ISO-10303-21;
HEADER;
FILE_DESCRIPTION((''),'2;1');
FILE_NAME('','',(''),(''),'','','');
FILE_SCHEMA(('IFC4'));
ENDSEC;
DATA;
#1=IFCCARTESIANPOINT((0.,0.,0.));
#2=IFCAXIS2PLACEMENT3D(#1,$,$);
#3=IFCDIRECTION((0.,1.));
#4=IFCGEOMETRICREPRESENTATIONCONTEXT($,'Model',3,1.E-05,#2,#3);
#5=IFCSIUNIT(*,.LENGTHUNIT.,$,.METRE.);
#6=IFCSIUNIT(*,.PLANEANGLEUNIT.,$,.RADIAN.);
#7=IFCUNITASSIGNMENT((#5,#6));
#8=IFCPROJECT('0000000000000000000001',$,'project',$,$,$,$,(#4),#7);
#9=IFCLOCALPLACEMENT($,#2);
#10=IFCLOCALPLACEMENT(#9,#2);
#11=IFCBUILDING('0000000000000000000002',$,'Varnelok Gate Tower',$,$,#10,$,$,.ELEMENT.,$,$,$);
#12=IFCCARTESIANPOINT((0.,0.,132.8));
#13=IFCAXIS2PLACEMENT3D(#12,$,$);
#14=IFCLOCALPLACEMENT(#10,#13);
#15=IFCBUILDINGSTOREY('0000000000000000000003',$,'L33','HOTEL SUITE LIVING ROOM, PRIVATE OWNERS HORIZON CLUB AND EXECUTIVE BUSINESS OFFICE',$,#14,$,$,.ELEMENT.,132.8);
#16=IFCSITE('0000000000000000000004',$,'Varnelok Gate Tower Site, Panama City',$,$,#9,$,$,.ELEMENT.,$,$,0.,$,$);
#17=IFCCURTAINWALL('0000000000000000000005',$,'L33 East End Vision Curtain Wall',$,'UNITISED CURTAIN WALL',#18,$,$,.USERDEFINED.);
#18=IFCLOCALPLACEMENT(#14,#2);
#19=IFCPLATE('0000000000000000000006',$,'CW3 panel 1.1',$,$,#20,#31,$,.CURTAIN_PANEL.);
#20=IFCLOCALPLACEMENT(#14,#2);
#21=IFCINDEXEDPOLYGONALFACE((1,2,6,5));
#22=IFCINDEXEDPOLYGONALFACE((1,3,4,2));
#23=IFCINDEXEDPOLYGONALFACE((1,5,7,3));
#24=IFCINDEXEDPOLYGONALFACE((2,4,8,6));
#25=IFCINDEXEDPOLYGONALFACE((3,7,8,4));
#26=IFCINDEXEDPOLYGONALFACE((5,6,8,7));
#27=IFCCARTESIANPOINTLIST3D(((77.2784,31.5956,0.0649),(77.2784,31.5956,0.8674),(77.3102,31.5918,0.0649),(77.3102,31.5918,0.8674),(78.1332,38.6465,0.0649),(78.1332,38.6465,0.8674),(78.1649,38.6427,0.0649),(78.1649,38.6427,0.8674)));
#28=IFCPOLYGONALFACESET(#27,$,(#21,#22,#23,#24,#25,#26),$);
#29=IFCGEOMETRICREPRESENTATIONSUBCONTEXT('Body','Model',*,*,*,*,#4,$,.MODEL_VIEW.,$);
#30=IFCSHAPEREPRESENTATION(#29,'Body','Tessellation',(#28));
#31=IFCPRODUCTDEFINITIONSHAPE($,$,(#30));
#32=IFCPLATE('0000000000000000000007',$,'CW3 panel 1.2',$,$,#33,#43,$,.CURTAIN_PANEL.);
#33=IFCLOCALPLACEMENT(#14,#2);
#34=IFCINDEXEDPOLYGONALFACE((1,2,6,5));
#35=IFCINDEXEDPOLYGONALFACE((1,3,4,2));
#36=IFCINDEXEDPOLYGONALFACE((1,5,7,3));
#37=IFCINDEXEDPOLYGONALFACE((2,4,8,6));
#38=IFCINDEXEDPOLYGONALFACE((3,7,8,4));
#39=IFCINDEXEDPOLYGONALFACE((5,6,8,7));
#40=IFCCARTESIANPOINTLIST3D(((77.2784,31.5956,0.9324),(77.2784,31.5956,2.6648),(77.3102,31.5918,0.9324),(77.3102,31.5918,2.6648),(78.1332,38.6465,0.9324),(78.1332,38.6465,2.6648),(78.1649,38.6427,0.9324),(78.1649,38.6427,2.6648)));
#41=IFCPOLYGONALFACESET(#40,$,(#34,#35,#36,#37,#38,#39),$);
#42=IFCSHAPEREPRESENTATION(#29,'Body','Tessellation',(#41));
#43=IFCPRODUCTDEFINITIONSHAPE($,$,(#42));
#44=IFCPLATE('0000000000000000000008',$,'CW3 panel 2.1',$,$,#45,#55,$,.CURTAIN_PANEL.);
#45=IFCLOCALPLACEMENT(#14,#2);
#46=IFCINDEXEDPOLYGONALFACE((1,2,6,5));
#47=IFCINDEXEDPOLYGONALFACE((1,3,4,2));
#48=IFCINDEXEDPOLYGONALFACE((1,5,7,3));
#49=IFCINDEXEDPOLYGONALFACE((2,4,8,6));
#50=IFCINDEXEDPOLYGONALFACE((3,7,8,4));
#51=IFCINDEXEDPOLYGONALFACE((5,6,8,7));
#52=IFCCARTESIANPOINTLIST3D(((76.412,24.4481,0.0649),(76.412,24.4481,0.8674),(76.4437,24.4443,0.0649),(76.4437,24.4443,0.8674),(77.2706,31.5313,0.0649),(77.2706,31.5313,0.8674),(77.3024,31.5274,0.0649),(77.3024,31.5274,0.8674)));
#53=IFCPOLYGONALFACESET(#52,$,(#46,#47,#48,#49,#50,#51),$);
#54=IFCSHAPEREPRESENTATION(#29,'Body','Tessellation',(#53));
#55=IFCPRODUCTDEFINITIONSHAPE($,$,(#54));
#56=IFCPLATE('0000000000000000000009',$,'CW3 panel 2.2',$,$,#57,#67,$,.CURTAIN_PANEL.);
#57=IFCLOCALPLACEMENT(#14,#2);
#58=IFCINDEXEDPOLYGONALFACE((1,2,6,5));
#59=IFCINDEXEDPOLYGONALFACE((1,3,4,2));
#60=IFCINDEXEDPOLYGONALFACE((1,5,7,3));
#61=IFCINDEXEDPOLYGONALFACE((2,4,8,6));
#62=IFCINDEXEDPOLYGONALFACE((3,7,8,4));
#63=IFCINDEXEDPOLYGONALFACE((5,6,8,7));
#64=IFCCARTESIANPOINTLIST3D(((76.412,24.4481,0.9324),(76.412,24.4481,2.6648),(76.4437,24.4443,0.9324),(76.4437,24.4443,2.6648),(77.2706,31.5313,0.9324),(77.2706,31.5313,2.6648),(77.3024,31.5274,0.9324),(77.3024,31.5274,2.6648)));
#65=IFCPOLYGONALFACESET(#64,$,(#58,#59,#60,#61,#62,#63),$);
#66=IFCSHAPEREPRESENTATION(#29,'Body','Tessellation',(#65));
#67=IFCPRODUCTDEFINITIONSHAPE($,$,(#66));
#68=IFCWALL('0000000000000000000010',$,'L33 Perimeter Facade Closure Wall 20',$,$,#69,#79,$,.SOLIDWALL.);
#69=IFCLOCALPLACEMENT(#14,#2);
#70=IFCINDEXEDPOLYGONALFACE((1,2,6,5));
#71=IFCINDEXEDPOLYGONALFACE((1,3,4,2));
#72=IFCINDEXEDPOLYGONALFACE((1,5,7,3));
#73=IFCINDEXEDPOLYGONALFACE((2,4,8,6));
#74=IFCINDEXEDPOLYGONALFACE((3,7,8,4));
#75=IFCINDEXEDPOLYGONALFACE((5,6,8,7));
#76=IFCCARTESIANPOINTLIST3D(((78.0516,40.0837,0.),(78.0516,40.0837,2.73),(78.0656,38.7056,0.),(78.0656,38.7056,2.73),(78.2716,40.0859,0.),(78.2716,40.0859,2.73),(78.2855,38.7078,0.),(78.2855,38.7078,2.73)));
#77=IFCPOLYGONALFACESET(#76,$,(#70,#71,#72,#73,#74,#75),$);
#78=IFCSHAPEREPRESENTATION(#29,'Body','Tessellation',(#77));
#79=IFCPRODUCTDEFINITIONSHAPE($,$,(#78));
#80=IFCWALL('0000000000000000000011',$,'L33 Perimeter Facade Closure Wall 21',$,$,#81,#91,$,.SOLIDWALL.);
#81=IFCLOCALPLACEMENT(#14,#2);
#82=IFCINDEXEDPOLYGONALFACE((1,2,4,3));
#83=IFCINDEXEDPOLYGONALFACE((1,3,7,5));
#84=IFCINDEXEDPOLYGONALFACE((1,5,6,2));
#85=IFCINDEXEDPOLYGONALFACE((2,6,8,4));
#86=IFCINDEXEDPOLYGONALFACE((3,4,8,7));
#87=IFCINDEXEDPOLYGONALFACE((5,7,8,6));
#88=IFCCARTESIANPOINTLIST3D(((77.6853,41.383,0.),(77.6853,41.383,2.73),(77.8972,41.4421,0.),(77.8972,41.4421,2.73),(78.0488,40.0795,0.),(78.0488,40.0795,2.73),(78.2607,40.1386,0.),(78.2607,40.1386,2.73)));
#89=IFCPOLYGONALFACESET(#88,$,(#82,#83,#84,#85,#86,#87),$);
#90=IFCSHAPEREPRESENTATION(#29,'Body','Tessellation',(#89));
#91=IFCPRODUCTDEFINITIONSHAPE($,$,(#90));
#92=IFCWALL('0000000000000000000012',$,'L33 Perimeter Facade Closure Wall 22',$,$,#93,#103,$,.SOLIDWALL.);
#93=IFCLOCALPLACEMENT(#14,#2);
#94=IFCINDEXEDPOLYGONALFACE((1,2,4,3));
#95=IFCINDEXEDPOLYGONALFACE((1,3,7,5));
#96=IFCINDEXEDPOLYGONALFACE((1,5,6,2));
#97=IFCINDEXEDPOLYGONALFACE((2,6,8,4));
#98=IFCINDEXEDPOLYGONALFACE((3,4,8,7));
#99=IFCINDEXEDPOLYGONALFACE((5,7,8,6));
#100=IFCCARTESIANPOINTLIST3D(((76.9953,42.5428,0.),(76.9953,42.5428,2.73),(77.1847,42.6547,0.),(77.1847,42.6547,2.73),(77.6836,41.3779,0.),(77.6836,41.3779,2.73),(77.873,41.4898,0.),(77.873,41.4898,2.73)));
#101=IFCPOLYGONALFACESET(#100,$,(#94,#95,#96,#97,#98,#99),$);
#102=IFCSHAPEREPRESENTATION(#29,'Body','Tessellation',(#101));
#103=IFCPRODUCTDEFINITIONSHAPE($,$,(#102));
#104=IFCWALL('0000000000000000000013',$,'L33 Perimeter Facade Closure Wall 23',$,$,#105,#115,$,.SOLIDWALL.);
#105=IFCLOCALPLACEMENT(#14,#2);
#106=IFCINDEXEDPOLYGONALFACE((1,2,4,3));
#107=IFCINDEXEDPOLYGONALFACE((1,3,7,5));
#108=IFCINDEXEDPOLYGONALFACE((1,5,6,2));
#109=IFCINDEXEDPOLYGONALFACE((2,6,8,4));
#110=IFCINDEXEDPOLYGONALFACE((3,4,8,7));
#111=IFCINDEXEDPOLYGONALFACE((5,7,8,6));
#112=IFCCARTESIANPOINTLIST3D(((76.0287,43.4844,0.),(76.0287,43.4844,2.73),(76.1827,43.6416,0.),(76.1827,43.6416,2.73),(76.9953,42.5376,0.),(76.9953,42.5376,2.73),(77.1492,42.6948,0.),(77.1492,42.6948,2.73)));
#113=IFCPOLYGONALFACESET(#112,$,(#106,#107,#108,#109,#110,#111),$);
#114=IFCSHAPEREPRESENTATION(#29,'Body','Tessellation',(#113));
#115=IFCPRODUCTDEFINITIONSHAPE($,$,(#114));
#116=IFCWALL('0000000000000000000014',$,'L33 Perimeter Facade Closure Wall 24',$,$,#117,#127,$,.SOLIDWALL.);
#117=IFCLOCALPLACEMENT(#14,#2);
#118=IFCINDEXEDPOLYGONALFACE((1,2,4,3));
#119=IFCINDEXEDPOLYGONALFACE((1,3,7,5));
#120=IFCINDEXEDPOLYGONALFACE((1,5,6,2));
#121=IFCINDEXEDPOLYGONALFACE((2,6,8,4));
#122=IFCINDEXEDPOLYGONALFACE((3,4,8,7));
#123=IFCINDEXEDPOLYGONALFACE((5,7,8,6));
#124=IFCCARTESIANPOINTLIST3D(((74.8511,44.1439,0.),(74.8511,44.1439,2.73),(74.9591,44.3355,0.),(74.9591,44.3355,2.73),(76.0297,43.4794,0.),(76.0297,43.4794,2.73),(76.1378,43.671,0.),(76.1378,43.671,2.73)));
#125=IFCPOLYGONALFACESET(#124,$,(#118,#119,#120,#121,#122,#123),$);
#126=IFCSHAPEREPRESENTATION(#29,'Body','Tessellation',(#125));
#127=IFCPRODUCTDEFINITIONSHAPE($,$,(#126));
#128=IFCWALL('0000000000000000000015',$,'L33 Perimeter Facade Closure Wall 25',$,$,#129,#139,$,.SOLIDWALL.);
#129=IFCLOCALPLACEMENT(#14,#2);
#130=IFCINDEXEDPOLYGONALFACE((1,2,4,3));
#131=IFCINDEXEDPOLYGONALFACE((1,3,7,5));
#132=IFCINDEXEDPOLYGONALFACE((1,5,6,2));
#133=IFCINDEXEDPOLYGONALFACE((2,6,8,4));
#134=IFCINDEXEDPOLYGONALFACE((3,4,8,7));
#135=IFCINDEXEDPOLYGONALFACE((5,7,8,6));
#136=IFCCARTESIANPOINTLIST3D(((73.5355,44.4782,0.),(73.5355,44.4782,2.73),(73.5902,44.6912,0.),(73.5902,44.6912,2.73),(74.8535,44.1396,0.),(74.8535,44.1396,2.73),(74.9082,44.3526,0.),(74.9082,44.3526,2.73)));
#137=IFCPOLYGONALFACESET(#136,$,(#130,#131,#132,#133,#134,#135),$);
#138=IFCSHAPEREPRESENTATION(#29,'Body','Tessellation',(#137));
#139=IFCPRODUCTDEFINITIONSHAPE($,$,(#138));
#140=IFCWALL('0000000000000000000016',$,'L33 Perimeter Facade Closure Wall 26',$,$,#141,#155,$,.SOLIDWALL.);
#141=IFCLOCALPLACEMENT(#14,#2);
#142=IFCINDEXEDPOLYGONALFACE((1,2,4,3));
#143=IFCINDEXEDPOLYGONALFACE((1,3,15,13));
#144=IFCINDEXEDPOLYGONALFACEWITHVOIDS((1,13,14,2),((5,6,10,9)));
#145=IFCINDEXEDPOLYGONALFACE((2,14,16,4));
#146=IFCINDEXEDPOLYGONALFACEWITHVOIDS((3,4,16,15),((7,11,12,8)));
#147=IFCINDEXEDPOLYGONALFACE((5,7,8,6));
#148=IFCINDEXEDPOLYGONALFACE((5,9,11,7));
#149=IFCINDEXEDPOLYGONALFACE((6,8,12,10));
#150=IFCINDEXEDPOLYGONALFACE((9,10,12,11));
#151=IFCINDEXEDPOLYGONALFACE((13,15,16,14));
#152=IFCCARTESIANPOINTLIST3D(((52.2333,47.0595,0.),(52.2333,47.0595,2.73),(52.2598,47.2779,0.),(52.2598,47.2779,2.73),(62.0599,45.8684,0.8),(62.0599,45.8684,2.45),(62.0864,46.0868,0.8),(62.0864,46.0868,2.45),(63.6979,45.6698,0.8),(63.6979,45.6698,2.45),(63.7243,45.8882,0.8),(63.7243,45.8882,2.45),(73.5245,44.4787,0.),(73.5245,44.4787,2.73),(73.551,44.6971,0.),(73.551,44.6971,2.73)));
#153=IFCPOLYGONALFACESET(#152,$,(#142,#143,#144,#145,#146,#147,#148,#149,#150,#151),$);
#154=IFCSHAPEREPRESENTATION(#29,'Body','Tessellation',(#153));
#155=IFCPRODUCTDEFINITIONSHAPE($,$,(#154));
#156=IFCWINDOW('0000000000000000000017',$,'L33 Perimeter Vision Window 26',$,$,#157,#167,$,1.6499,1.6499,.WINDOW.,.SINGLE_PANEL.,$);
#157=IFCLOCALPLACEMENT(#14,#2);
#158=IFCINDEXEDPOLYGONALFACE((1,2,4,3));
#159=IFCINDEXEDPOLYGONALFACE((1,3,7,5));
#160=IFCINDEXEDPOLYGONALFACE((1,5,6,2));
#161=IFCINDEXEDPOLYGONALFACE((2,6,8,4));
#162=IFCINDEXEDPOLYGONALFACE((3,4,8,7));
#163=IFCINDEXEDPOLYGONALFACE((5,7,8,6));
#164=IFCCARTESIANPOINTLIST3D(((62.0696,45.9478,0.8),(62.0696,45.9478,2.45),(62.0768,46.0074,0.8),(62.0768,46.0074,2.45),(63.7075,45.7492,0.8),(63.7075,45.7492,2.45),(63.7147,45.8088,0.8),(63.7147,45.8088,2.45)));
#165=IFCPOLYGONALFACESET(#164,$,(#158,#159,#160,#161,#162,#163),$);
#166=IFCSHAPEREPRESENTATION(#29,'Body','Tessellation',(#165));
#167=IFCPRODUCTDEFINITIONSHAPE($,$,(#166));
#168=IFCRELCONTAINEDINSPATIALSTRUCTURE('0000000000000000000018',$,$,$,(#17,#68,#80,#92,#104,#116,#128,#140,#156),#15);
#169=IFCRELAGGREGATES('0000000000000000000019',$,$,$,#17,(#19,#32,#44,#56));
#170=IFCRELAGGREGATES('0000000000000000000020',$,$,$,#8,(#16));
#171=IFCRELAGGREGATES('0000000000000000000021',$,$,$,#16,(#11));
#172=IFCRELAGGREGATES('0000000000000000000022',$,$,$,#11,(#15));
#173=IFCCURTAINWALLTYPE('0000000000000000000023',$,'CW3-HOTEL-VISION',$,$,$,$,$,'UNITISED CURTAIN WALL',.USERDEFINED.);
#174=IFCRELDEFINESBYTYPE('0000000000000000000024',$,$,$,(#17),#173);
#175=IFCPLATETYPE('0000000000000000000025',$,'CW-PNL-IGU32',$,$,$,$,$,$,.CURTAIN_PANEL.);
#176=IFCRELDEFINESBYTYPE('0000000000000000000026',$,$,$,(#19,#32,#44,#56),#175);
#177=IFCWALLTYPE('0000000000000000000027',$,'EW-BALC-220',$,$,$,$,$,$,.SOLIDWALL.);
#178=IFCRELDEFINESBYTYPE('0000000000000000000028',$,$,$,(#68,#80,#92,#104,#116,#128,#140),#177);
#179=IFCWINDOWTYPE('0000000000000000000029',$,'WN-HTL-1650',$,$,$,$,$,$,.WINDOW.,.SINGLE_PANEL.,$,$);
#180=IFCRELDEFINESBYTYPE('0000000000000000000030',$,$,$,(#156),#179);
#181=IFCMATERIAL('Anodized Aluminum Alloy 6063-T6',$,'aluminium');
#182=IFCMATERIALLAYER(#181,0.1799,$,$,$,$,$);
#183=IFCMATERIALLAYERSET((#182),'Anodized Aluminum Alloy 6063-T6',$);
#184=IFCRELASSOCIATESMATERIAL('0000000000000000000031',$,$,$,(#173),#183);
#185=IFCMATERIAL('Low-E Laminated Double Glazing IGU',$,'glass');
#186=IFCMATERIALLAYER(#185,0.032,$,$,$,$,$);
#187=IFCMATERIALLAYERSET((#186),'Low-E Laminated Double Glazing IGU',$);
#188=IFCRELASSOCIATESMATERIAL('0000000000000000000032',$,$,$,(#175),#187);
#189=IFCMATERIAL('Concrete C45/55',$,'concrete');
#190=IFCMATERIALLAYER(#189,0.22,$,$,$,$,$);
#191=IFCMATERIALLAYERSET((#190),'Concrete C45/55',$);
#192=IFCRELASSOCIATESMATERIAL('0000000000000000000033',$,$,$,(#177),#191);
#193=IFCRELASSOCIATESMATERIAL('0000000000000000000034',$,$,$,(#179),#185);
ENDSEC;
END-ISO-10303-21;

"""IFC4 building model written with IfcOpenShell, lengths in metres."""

from ifc_helpers import new_model, si_unit, direction, frame, frame_2d, origin, origin_2d, place, context, subcontext, project, spatial, rectangle, extrude, source, transform, mapped, material, layer, layer_set, type_object, element, fill, aggregate, save


model = new_model("IFC4")

# Units and contexts
model_context = context("Model", 3, precision=1e-05, world=origin(), true_north=direction((0.0, 1.0)))
body_context = subcontext(model_context, "Body", "Model", "MODEL_VIEW")
ifc_project = project(units=[si_unit("LENGTHUNIT", "METRE"), si_unit("PLANEANGLEUNIT", "RADIAN")], contexts=[model_context])

# Site, building, storey
site_placement = place(None, origin())
site = spatial("IfcSite", under=ifc_project, at=site_placement, Name="Varnelok Gate Tower Site, Panama City", CompositionType="ELEMENT", RefElevation=0.0)
building_placement = place(site_placement, origin())
building = spatial("IfcBuilding", under=site, at=building_placement, Name="Varnelok Gate Tower", CompositionType="ELEMENT")
storey_placement = place(building_placement, frame((0.0, 0.0, 132.8)))
storey = spatial("IfcBuildingStorey", under=building, at=storey_placement, Name="L33", Description="HOTEL SUITE LIVING ROOM, PRIVATE OWNERS HORIZON CLUB AND EXECUTIVE BUSINESS OFFICE", CompositionType="ELEMENT", Elevation=132.8)

# Curtain wall, plates
ifc_material_1 = material(Name="Anodized Aluminum Alloy 6063-T6", Category="aluminium")
ifc_layer_1 = layer(ifc_material_1, 0.1799)
ifc_layer_set_1 = layer_set([ifc_layer_1], Name="Anodized Aluminum Alloy 6063-T6")
curtain_wall_type = type_object("IfcCurtainWallType", Name="CW3-HOTEL-VISION", ElementType="UNITISED CURTAIN WALL", PredefinedType="USERDEFINED", material=ifc_layer_set_1)
curtain_wall_placement = place(storey_placement, origin())
curtain_wall = element("IfcCurtainWall", 1, at=curtain_wall_placement, inside=storey, type_object=curtain_wall_type, Name="L33 East End Vision Curtain Wall", ObjectType="UNITISED CURTAIN WALL", PredefinedType="USERDEFINED")
ifc_material_2 = material(Name="Low-E Laminated Double Glazing IGU", Category="glass")
ifc_layer_2 = layer(ifc_material_2, 0.032)
ifc_layer_set_2 = layer_set([ifc_layer_2], Name="Low-E Laminated Double Glazing IGU")
plate_type = type_object("IfcPlateType", Name="CW-PNL-IGU32", PredefinedType="CURTAIN_PANEL", material=ifc_layer_set_2)
shared_shape_1 = source(origin(), body_context, "Body", "SweptSolid", [
    extrude(rectangle(XDim=7.1025, YDim=0.032, at=origin_2d()), origin(), (0.0, 0.0, 1.0), 0.8025),
])
plate_1_placement = place(storey_placement, frame((77.7217, 35.1191, 0.0649), z_axis=(0.0, 0.0, 1.0), x_axis=(-0.120347, -0.992732, 0.0)))
plate_1 = element("IfcPlate", 2, at=plate_1_placement, type_object=plate_type, Name="CW3 panel 1.1", PredefinedType="CURTAIN_PANEL", context=body_context, shape_type="MappedRepresentation", body=[
    mapped(shared_shape_1, transform((0.0, 0.0, 0.0), scale=1.0)),
])
shared_shape_2 = source(origin(), body_context, "Body", "SweptSolid", [
    extrude(rectangle(XDim=7.1025, YDim=0.032, at=origin_2d()), origin(), (0.0, 0.0, 1.0), 1.7324),
])
plate_2_placement = place(storey_placement, frame((77.7217, 35.1191, 0.9324), z_axis=(0.0, 0.0, 1.0), x_axis=(-0.120347, -0.992732, 0.0)))
plate_2 = element("IfcPlate", 3, at=plate_2_placement, type_object=plate_type, Name="CW3 panel 1.2", PredefinedType="CURTAIN_PANEL", context=body_context, shape_type="MappedRepresentation", body=[
    mapped(shared_shape_2, transform((0.0, 0.0, 0.0), scale=1.0)),
])
shared_shape_3 = source(origin(), body_context, "Body", "SweptSolid", [
    extrude(rectangle(XDim=7.135, YDim=0.032, at=origin_2d()), origin(), (0.0, 0.0, 1.0), 0.8025),
])
plate_3_placement = place(storey_placement, frame((76.8572, 27.9878, 0.0649), z_axis=(0.0, 0.0, 1.0), x_axis=(-0.120347, -0.992732, 0.0)))
plate_3 = element("IfcPlate", 4, at=plate_3_placement, type_object=plate_type, Name="CW3 panel 2.1", PredefinedType="CURTAIN_PANEL", context=body_context, shape_type="MappedRepresentation", body=[
    mapped(shared_shape_3, transform((0.0, 0.0, 0.0), scale=1.0)),
])
shared_shape_4 = source(origin(), body_context, "Body", "SweptSolid", [
    extrude(rectangle(XDim=7.135, YDim=0.032, at=origin_2d()), origin(), (0.0, 0.0, 1.0), 1.7324),
])
plate_4_placement = place(storey_placement, frame((76.8572, 27.9878, 0.9324), z_axis=(0.0, 0.0, 1.0), x_axis=(-0.120347, -0.992732, 0.0)))
plate_4 = element("IfcPlate", 5, at=plate_4_placement, type_object=plate_type, Name="CW3 panel 2.2", PredefinedType="CURTAIN_PANEL", context=body_context, shape_type="MappedRepresentation", body=[
    mapped(shared_shape_4, transform((0.0, 0.0, 0.0), scale=1.0)),
])
aggregate(curtain_wall, [plate_1, plate_2, plate_3, plate_4])

# Walls
ifc_material_3 = material(Name="Concrete C45/55", Category="concrete")
ifc_layer_3 = layer(ifc_material_3, 0.22)
ifc_layer_set_3 = layer_set([ifc_layer_3], Name="Concrete C45/55")
wall_type = type_object("IfcWallType", Name="EW-BALC-220", PredefinedType="SOLIDWALL", material=ifc_layer_set_3)
wall_1_placement = place(storey_placement, frame((78.1755, 38.7068, 0.0), z_axis=(0.0, 0.0, 1.0), x_axis=(-0.010097, 0.999949, 0.0)))
element("IfcWall", 6, at=wall_1_placement, inside=storey, type_object=wall_type, Name="L33 Perimeter Facade Closure Wall 20", PredefinedType="SOLIDWALL", context=body_context, shape_type="SweptSolid", body=[
    extrude(rectangle(XDim=1.3782, YDim=0.22, at=frame_2d((0.689, 0.0))), origin(), (0.0, 0.0, 1.0), 2.73),
])
wall_2_placement = place(storey_placement, frame((78.1548, 40.1089, 0.0), z_axis=(0.0, 0.0, 1.0), x_axis=(-0.268639, 0.963241, 0.0)))
element("IfcWall", 7, at=wall_2_placement, inside=storey, type_object=wall_type, Name="L33 Perimeter Facade Closure Wall 21", PredefinedType="SOLIDWALL", context=body_context, shape_type="SweptSolid", body=[
    extrude(rectangle(XDim=1.3533, YDim=0.22, at=frame_2d((0.6768, 0.0))), origin(), (0.0, 0.0, 1.0), 2.73),
])
for number, where, z_axis, x_axis, name in (
    (8, (77.7783, 41.4338, 0.0), (0.0, 0.0, 1.0), (-0.508699, 0.860944, 0.0), "L33 Perimeter Facade Closure Wall 22"),
    (9, (77.0723, 42.6162, 0.0), (0.0, 0.0, 1.0), (-0.714377, 0.699761, 0.0), "L33 Perimeter Facade Closure Wall 23"),
    (10, (76.0837, 43.5752, 0.0), (0.0, 0.0, 1.0), (-0.871093, 0.491118, 0.0), "L33 Perimeter Facade Closure Wall 24"),
):
    element("IfcWall", number, at=place(storey_placement, frame(where, z_axis=z_axis, x_axis=x_axis)), inside=storey, type_object=wall_type, Name=name, PredefinedType="SOLIDWALL", context=body_context, shape_type="SweptSolid", body=[
        extrude(rectangle(XDim=1.353, YDim=0.22, at=frame_2d((0.6765, 0.0))), origin(), (0.0, 0.0, 1.0), 2.73),
    ])
wall_3_placement = place(storey_placement, frame((74.8809, 44.2461, 0.0), z_axis=(0.0, 0.0, 1.0), x_axis=(-0.96855, 0.24882, 0.0)))
element("IfcWall", 11, at=wall_3_placement, inside=storey, type_object=wall_type, Name="L33 Perimeter Facade Closure Wall 25", PredefinedType="SOLIDWALL", context=body_context, shape_type="SweptSolid", body=[
    extrude(rectangle(XDim=1.3608, YDim=0.22, at=frame_2d((0.6804, 0.0))), origin(), (0.0, 0.0, 1.0), 2.73),
])

# Wall, opening, window
wall_4_placement = place(storey_placement, frame((73.5378, 44.5879, 0.0), z_axis=(0.0, 0.0, 1.0), x_axis=(-0.992733, 0.120334, 0.0)))
wall_4 = element("IfcWall", 12, at=wall_4_placement, inside=storey, type_object=wall_type, Name="L33 Perimeter Facade Closure Wall 26", PredefinedType="SOLIDWALL", context=body_context, shape_type="SweptSolid", body=[
    extrude(rectangle(XDim=21.447, YDim=0.22, at=frame_2d((10.7236, 0.0))), origin(), (0.0, 0.0, 1.0), 2.73),
])
opening_placement = place(wall_4_placement, frame((9.8987, 0.0, 0.8)))
opening = element("IfcOpeningElement", 13, at=opening_placement, cuts=wall_4, PredefinedType="OPENING", context=body_context, shape_type="SweptSolid", body=[
    extrude(rectangle(XDim=1.6499, YDim=1.6499, at=frame_2d((0.825, 0.825))), frame((0.0, 0.1199, 0.0), z_axis=(0.0, -1.0, 0.0), x_axis=(1.0, 0.0, 0.0)), (0.0, 0.0, 1.0), 0.24),
])
window_type = type_object("IfcWindowType", Name="WN-HTL-1650", PartitioningType="SINGLE_PANEL", PredefinedType="WINDOW", material=ifc_material_2)
window_placement = place(opening_placement, origin())
window = element("IfcWindow", 14, at=window_placement, inside=storey, type_object=window_type, Name="L33 Perimeter Vision Window 26", OverallHeight=1.6499, OverallWidth=1.6499, PartitioningType="SINGLE_PANEL", PredefinedType="WINDOW", context=body_context, shape_type="SweptSolid", body=[
    extrude(rectangle(XDim=1.6499, YDim=1.6499, at=frame_2d((0.825, 0.825))), frame((0.0, 0.03, 0.0), z_axis=(0.0, -1.0, 0.0), x_axis=(1.0, 0.0, 0.0)), (0.0, 0.0, 1.0), 0.0601),
])
fill(opening, window)

save(model, "model.ifc")
